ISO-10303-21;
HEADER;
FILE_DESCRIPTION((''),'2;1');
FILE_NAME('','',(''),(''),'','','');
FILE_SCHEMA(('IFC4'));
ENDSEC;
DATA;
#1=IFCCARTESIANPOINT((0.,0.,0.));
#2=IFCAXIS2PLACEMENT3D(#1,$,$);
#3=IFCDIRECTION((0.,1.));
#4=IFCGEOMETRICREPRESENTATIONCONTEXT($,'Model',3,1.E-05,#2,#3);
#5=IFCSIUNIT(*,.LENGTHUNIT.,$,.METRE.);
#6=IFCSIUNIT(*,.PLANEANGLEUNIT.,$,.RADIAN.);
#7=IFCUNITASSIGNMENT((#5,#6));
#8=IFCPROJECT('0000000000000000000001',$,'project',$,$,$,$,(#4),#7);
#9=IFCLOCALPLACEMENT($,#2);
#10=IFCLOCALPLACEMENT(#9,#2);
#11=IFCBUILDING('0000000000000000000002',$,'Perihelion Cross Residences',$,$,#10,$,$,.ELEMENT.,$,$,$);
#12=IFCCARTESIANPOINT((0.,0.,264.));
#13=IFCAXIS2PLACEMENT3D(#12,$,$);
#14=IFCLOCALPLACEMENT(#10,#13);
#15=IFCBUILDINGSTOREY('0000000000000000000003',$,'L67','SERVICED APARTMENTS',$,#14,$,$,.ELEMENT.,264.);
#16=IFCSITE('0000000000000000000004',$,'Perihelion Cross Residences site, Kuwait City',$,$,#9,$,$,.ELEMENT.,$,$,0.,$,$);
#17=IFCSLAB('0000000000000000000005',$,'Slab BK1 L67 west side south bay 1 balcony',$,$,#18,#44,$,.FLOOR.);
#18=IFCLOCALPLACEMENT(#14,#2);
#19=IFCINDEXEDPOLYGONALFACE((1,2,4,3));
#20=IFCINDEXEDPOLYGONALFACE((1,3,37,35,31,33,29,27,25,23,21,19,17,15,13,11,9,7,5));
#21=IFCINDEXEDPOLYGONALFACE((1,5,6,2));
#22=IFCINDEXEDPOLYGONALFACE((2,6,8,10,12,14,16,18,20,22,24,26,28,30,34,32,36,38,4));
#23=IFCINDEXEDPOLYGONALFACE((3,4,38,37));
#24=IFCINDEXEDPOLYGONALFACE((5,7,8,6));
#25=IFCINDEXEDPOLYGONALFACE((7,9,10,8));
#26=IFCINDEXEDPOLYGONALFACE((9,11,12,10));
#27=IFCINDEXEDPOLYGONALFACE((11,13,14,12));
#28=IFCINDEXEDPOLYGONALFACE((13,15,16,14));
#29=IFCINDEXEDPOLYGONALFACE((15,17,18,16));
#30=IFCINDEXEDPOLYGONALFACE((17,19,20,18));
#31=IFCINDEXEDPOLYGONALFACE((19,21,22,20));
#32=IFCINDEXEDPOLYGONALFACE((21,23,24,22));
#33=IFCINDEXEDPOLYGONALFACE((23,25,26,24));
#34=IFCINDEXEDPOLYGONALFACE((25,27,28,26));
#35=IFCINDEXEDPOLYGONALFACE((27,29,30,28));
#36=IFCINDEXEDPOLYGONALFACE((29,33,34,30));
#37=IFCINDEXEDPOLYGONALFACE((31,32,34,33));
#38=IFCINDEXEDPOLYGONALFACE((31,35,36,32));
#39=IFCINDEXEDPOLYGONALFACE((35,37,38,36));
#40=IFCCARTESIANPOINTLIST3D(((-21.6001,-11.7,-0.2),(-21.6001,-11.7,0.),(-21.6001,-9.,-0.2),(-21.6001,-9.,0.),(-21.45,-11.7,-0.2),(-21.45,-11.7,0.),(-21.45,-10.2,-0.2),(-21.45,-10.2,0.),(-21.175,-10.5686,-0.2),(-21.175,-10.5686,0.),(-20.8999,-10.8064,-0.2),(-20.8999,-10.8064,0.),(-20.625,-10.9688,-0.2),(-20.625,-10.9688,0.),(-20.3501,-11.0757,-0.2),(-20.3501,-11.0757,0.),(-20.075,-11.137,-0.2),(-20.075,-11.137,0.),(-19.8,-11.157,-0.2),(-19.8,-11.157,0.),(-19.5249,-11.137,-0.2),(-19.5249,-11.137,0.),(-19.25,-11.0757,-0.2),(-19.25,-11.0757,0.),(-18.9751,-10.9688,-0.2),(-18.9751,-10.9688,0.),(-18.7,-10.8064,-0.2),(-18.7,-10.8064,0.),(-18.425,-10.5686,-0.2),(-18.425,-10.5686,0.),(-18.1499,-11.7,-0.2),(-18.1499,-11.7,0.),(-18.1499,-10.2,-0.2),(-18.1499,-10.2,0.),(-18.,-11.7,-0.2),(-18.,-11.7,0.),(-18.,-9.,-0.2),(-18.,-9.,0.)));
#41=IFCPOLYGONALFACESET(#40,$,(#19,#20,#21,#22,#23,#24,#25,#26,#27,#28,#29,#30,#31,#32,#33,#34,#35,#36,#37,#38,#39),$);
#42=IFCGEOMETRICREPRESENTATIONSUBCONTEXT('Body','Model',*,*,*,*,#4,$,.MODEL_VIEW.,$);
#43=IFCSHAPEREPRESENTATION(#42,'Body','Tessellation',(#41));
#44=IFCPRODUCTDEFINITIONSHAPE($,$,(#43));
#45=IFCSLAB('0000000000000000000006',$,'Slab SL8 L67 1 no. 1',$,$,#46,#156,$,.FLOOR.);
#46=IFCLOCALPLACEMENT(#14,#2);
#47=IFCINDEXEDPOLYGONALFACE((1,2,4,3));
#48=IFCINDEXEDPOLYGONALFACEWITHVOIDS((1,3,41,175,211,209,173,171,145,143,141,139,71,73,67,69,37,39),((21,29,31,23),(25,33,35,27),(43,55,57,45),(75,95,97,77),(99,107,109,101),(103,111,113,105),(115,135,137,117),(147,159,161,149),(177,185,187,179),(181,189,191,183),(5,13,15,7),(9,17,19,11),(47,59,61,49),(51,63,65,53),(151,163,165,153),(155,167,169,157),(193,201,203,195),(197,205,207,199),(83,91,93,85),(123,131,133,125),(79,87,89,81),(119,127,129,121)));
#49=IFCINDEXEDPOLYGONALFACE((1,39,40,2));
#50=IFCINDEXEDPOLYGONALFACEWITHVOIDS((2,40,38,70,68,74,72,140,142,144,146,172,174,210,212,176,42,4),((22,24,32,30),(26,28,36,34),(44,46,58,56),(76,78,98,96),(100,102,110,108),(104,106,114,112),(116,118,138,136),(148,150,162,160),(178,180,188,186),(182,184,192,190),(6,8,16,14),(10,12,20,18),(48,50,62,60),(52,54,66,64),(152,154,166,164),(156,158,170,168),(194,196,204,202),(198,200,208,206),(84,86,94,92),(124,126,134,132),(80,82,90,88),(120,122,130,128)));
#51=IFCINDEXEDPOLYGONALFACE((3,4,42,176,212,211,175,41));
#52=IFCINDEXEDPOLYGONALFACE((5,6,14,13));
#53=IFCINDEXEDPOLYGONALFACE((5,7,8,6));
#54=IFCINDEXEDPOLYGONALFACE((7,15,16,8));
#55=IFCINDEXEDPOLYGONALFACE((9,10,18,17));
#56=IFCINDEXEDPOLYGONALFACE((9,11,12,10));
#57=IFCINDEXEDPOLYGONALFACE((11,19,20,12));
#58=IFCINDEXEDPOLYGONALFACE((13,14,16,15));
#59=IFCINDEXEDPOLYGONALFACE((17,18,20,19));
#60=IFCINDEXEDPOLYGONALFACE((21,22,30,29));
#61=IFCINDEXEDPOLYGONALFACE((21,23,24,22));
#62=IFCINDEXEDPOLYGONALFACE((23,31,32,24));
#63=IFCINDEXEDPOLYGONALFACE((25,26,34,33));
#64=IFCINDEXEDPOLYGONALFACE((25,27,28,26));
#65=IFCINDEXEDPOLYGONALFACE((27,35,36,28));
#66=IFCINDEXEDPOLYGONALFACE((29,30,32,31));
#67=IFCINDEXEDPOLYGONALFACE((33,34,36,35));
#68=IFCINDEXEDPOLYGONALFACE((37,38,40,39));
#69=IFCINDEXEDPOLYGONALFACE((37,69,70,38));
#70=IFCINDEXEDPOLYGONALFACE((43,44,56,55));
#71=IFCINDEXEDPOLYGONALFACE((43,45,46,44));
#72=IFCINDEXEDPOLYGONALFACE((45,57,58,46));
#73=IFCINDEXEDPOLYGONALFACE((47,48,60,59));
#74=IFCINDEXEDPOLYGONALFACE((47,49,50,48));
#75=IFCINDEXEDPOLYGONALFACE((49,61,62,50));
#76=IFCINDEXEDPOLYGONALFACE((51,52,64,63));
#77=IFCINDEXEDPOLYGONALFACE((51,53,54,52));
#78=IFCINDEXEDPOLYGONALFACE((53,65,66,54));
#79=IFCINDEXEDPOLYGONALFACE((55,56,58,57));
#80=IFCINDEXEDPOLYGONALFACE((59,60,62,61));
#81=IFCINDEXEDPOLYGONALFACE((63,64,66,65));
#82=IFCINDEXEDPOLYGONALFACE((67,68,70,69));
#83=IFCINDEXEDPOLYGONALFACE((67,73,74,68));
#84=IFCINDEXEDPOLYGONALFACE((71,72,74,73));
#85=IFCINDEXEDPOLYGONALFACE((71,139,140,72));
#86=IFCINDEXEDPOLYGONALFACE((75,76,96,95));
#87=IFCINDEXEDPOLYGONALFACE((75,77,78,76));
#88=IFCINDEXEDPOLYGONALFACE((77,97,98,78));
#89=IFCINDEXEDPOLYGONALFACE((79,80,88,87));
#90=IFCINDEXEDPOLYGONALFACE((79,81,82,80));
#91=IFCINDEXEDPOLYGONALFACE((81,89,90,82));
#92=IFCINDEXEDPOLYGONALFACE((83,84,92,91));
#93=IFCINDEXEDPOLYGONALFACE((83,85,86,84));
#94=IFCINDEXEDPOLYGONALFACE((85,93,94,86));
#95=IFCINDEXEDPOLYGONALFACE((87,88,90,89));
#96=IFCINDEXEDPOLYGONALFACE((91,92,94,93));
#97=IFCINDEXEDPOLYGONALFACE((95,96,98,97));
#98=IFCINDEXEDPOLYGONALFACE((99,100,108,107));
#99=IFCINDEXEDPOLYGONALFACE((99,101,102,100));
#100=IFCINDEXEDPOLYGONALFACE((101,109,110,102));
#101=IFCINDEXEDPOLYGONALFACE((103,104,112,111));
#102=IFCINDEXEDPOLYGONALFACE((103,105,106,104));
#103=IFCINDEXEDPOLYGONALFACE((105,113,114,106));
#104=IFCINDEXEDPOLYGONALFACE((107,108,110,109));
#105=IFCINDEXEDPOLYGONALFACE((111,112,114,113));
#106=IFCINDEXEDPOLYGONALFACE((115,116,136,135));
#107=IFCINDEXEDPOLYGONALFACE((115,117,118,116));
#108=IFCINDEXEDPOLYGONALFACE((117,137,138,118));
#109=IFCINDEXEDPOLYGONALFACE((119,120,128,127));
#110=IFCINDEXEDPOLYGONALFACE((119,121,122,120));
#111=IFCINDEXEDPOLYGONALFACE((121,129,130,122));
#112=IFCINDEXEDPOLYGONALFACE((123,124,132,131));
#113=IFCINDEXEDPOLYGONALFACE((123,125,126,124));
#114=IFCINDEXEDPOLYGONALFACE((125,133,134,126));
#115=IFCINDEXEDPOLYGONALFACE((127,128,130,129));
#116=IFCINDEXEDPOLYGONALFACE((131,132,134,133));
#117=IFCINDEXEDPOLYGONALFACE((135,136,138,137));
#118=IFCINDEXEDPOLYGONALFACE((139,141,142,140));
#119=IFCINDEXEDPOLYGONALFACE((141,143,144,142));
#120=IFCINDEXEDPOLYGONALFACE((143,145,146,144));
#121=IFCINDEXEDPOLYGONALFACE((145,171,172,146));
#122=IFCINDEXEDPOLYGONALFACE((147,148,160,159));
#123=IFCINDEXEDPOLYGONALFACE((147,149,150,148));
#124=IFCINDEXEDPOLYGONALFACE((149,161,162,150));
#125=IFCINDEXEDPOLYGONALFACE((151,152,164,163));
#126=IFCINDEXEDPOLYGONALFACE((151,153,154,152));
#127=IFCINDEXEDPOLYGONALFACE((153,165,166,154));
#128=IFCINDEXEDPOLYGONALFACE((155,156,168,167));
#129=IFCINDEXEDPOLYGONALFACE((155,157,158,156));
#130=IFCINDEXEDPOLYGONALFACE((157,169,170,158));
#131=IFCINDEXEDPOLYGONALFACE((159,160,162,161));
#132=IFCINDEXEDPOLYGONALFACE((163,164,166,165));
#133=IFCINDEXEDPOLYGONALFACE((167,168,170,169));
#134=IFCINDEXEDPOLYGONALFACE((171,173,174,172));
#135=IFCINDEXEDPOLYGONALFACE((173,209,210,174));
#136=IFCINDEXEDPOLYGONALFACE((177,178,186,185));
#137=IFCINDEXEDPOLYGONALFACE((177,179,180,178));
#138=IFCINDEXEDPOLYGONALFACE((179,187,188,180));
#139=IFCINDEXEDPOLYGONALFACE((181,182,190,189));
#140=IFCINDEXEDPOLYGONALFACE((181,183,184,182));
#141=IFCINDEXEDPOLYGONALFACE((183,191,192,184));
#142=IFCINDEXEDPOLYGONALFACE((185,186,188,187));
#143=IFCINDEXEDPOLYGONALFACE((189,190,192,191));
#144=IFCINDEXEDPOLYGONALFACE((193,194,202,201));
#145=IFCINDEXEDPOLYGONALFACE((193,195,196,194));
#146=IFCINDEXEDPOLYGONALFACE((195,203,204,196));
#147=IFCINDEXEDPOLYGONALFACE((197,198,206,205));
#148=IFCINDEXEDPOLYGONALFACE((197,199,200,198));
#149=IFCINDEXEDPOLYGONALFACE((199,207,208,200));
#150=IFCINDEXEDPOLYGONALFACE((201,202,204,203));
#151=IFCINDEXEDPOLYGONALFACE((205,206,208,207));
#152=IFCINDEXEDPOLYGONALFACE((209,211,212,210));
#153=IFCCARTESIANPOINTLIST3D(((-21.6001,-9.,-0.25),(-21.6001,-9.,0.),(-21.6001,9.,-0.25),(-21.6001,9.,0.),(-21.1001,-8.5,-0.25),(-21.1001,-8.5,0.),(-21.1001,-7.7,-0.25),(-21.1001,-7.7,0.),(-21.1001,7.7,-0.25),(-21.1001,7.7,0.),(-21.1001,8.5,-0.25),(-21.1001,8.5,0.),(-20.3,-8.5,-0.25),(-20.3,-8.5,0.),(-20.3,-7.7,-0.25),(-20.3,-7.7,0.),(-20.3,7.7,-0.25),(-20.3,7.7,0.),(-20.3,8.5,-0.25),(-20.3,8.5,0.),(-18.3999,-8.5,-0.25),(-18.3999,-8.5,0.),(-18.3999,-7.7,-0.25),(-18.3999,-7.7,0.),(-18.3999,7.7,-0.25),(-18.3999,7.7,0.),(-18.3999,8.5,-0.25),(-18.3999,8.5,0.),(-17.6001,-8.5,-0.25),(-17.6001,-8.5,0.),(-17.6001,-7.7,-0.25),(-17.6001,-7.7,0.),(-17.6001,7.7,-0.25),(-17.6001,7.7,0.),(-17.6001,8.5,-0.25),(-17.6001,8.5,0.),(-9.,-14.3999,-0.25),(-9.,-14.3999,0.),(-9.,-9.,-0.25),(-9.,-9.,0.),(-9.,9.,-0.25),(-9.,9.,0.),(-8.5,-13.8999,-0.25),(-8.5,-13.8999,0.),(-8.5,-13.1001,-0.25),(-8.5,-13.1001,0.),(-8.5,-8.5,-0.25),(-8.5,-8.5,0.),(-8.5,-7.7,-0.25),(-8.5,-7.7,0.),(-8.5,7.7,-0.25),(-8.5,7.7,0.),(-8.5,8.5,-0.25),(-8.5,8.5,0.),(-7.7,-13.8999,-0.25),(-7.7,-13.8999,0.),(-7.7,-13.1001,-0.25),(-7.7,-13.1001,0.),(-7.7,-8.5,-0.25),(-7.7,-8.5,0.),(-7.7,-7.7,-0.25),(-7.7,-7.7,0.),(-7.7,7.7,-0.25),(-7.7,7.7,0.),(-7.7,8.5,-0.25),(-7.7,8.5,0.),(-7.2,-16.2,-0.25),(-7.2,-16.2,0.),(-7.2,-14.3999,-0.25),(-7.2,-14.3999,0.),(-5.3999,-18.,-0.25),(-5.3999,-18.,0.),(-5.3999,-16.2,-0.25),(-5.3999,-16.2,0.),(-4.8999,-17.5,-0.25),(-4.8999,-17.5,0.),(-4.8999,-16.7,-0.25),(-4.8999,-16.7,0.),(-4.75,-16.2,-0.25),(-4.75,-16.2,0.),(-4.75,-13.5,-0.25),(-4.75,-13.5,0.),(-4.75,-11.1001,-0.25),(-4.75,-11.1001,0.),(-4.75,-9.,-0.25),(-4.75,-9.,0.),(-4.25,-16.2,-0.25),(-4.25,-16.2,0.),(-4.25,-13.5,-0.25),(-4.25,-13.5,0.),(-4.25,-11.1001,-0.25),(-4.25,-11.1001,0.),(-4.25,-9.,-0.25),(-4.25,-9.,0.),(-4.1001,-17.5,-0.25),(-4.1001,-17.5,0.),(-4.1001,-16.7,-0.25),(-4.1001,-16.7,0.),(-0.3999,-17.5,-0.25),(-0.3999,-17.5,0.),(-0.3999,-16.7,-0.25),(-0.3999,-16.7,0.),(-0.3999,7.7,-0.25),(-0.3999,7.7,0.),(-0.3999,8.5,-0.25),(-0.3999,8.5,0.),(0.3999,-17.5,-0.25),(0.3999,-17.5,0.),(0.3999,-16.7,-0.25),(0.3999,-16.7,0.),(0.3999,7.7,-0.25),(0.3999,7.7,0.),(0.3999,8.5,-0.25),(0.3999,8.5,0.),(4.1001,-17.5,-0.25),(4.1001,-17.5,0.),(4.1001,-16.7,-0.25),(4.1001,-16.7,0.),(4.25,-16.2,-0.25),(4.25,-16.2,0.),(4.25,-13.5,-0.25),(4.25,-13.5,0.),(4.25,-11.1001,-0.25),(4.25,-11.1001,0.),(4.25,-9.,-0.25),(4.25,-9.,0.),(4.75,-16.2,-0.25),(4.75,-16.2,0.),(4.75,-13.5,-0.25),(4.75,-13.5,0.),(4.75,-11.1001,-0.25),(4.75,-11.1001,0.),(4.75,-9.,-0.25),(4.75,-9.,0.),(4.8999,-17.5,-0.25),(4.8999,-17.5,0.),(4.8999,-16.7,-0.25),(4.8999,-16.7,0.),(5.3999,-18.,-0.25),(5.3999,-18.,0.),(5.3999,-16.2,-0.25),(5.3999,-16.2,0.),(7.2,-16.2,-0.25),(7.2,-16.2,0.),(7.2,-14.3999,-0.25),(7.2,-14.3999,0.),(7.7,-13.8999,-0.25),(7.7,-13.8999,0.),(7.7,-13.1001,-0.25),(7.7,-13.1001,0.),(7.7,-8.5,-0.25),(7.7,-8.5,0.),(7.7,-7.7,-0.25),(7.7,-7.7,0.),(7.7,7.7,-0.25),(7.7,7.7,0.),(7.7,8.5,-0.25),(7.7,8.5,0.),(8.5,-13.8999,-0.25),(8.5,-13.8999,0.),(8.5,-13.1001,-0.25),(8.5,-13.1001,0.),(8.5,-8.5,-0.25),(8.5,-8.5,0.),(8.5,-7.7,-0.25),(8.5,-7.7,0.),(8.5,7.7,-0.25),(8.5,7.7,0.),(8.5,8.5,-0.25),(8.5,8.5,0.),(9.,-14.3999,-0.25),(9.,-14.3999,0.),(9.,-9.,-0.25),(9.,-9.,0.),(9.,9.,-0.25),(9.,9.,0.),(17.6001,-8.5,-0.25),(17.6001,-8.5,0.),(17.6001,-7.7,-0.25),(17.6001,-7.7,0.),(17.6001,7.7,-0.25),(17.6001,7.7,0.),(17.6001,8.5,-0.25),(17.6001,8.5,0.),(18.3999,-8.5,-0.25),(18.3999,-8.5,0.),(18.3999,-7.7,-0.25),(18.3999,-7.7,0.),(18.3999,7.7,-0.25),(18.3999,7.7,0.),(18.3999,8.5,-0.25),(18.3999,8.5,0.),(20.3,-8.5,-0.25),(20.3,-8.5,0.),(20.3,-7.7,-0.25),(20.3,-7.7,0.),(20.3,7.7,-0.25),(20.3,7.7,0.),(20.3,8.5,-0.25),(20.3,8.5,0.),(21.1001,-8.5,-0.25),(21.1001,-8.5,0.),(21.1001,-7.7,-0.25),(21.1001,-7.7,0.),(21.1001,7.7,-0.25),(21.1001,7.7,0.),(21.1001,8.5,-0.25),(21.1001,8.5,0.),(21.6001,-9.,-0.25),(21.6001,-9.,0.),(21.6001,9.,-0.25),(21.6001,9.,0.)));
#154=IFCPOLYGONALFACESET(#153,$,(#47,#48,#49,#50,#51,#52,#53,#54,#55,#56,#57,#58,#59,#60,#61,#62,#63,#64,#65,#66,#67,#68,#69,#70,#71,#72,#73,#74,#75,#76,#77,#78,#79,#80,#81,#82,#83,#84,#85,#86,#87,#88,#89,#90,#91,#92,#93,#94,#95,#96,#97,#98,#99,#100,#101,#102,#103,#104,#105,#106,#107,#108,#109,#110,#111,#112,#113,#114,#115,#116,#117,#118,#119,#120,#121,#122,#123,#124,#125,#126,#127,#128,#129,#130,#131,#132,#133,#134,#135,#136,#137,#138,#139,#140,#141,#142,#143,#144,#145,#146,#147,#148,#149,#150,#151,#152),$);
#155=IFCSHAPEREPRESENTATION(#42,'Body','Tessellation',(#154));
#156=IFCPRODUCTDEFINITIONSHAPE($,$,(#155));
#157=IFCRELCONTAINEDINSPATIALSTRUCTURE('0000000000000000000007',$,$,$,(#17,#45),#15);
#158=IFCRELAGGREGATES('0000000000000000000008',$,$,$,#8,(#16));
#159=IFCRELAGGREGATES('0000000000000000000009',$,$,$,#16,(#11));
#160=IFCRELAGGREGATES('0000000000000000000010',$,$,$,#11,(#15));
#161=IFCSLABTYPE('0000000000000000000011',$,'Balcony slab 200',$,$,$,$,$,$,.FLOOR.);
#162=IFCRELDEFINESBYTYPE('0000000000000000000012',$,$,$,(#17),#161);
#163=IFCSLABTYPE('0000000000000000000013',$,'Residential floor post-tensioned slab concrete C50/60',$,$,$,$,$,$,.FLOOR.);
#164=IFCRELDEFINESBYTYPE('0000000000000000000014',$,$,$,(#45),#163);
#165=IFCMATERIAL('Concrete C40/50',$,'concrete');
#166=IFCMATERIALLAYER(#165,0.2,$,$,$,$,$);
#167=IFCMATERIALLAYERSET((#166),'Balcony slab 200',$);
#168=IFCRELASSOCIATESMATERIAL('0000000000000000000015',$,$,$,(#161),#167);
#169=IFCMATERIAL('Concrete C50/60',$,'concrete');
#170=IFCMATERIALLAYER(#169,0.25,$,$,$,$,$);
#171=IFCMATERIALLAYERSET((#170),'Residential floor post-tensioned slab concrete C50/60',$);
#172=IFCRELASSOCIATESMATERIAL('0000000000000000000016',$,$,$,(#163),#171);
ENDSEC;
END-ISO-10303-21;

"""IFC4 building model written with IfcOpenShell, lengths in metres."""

from ifc_helpers import new_model, si_unit, direction, frame, origin, place, context, subcontext, project, spatial, polyline, outline, extrude, material, layer, layer_set, type_object, element, save


model = new_model("IFC4")

# Units and contexts
model_context = context("Model", 3, precision=1e-05, world=origin(), true_north=direction((0.0, 1.0)))
body_context = subcontext(model_context, "Body", "Model", "MODEL_VIEW")
ifc_project = project(units=[si_unit("LENGTHUNIT", "METRE"), si_unit("PLANEANGLEUNIT", "RADIAN")], contexts=[model_context])

# Site, building, storey
site_placement = place(None, origin())
site = spatial("IfcSite", under=ifc_project, at=site_placement, Name="Perihelion Cross Residences site, Kuwait City", CompositionType="ELEMENT", RefElevation=0.0)
building_placement = place(site_placement, origin())
building = spatial("IfcBuilding", under=site, at=building_placement, Name="Perihelion Cross Residences", CompositionType="ELEMENT")
storey_placement = place(building_placement, frame((0.0, 0.0, 264.0)))
storey = spatial("IfcBuildingStorey", under=building, at=storey_placement, Name="L67", Description="SERVICED APARTMENTS", CompositionType="ELEMENT", Elevation=264.0)

# Slabs
ifc_material_1 = material(Name="Concrete C40/50", Category="concrete")
ifc_layer_1 = layer(ifc_material_1, 0.2)
ifc_layer_set_1 = layer_set([ifc_layer_1], Name="Balcony slab 200")
slab_type_1 = type_object("IfcSlabType", Name="Balcony slab 200", PredefinedType="FLOOR", material=ifc_layer_set_1)
slab_1_placement = place(storey_placement, frame((0.0, 0.0, -0.2)))
element("IfcSlab", 1, at=slab_1_placement, inside=storey, type_object=slab_type_1, Name="Slab BK1 L67 west side south bay 1 balcony", PredefinedType="FLOOR", context=body_context, shape_type="SweptSolid", body=[
    extrude(outline(polyline([(-21.6001, -9.0), (-18.0, -9.0), (-18.0, -11.7), (-18.1499, -11.7), (-18.1499, -10.2), (-18.425, -10.5686), (-18.7, -10.8064), (-18.9751, -10.9688), (-19.25, -11.0757), (-19.5249, -11.137), (-19.8, -11.157), (-20.075, -11.137), (-20.3501, -11.0757), (-20.625, -10.9688), (-20.8999, -10.8064), (-21.175, -10.5686), (-21.45, -10.2), (-21.45, -11.7), (-21.6001, -11.7), (-21.6001, -9.0)])), origin(), (0.0, 0.0, 1.0), 0.2),
])
ifc_material_2 = material(Name="Concrete C50/60", Category="concrete")
ifc_layer_2 = layer(ifc_material_2, 0.25)
ifc_layer_set_2 = layer_set([ifc_layer_2], Name="Residential floor post-tensioned slab concrete C50/60")
slab_type_2 = type_object("IfcSlabType", Name="Residential floor post-tensioned slab concrete C50/60", PredefinedType="FLOOR", material=ifc_layer_set_2)
slab_2_placement = place(storey_placement, frame((0.0, 0.0, -0.25)))
element("IfcSlab", 2, at=slab_2_placement, inside=storey, type_object=slab_type_2, Name="Slab SL8 L67 1 no. 1", PredefinedType="FLOOR", context=body_context, shape_type="SweptSolid", body=[
    extrude(outline(polyline([(-9.0, 9.0), (9.0, 9.0), (21.6001, 9.0), (21.6001, -9.0), (9.0, -9.0), (9.0, -14.3999), (7.2, -14.3999), (7.2, -16.2), (5.3999, -16.2), (5.3999, -18.0), (-5.3999, -18.0), (-5.3999, -16.2), (-7.2, -16.2), (-7.2, -14.3999), (-9.0, -14.3999), (-9.0, -9.0), (-21.6001, -9.0), (-21.6001, 9.0), (-9.0, 9.0)]), holes=[polyline([(-4.1001, -16.7), (-4.8999, -16.7), (-4.8999, -17.5), (-4.1001, -17.5), (-4.1001, -16.7)]), polyline([(0.3999, -17.5), (0.3999, -16.7), (-0.3999, -16.7), (-0.3999, -17.5), (0.3999, -17.5)]), polyline([(-4.25, -16.2), (-4.25, -13.5), (-4.75, -13.5), (-4.75, -16.2), (-4.25, -16.2)]), polyline([(-7.7, -13.1001), (-8.5, -13.1001), (-8.5, -13.8999), (-7.7, -13.8999), (-7.7, -13.1001)]), polyline([(-4.25, -11.1001), (-4.25, -9.0), (-4.75, -9.0), (-4.75, -11.1001), (-4.25, -11.1001)]), polyline([(-20.3, -8.5), (-20.3, -7.7), (-21.1001, -7.7), (-21.1001, -8.5), (-20.3, -8.5)]), polyline([(-17.6001, -7.7), (-18.3999, -7.7), (-18.3999, -8.5), (-17.6001, -8.5), (-17.6001, -7.7)]), polyline([(-7.7, -8.5), (-7.7, -7.7), (-8.5, -7.7), (-8.5, -8.5), (-7.7, -8.5)]), polyline([(-20.3, 8.5), (-21.1001, 8.5), (-21.1001, 7.7), (-20.3, 7.7), (-20.3, 8.5)]), polyline([(-17.6001, 7.7), (-17.6001, 8.5), (-18.3999, 8.5), (-18.3999, 7.7), (-17.6001, 7.7)]), polyline([(-7.7, 7.7), (-7.7, 8.5), (-8.5, 8.5), (-8.5, 7.7), (-7.7, 7.7)]), polyline([(4.8999, -16.7), (4.1001, -16.7), (4.1001, -17.5), (4.8999, -17.5), (4.8999, -16.7)]), polyline([(4.75, -16.2), (4.75, -13.5), (4.25, -13.5), (4.25, -16.2), (4.75, -16.2)]), polyline([(8.5, -13.8999), (8.5, -13.1001), (7.7, -13.1001), (7.7, -13.8999), (8.5, -13.8999)]), polyline([(4.75, -9.0), (4.25, -9.0), (4.25, -11.1001), (4.75, -11.1001), (4.75, -9.0)]), polyline([(8.5, -8.5), (8.5, -7.7), (7.7, -7.7), (7.7, -8.5), (8.5, -8.5)]), polyline([(18.3999, -8.5), (18.3999, -7.7), (17.6001, -7.7), (17.6001, -8.5), (18.3999, -8.5)]), polyline([(21.1001, -7.7), (20.3, -7.7), (20.3, -8.5), (21.1001, -8.5), (21.1001, -7.7)]), polyline([(0.3999, 7.7), (0.3999, 8.5), (-0.3999, 8.5), (-0.3999, 7.7), (0.3999, 7.7)]), polyline([(8.5, 8.5), (7.7, 8.5), (7.7, 7.7), (8.5, 7.7), (8.5, 8.5)]), polyline([(18.3999, 7.7), (18.3999, 8.5), (17.6001, 8.5), (17.6001, 7.7), (18.3999, 7.7)]), polyline([(21.1001, 7.7), (21.1001, 8.5), (20.3, 8.5), (20.3, 7.7), (21.1001, 7.7)])]), origin(), (0.0, 0.0, 1.0), 0.25),
])

save(model, "model.ifc")
